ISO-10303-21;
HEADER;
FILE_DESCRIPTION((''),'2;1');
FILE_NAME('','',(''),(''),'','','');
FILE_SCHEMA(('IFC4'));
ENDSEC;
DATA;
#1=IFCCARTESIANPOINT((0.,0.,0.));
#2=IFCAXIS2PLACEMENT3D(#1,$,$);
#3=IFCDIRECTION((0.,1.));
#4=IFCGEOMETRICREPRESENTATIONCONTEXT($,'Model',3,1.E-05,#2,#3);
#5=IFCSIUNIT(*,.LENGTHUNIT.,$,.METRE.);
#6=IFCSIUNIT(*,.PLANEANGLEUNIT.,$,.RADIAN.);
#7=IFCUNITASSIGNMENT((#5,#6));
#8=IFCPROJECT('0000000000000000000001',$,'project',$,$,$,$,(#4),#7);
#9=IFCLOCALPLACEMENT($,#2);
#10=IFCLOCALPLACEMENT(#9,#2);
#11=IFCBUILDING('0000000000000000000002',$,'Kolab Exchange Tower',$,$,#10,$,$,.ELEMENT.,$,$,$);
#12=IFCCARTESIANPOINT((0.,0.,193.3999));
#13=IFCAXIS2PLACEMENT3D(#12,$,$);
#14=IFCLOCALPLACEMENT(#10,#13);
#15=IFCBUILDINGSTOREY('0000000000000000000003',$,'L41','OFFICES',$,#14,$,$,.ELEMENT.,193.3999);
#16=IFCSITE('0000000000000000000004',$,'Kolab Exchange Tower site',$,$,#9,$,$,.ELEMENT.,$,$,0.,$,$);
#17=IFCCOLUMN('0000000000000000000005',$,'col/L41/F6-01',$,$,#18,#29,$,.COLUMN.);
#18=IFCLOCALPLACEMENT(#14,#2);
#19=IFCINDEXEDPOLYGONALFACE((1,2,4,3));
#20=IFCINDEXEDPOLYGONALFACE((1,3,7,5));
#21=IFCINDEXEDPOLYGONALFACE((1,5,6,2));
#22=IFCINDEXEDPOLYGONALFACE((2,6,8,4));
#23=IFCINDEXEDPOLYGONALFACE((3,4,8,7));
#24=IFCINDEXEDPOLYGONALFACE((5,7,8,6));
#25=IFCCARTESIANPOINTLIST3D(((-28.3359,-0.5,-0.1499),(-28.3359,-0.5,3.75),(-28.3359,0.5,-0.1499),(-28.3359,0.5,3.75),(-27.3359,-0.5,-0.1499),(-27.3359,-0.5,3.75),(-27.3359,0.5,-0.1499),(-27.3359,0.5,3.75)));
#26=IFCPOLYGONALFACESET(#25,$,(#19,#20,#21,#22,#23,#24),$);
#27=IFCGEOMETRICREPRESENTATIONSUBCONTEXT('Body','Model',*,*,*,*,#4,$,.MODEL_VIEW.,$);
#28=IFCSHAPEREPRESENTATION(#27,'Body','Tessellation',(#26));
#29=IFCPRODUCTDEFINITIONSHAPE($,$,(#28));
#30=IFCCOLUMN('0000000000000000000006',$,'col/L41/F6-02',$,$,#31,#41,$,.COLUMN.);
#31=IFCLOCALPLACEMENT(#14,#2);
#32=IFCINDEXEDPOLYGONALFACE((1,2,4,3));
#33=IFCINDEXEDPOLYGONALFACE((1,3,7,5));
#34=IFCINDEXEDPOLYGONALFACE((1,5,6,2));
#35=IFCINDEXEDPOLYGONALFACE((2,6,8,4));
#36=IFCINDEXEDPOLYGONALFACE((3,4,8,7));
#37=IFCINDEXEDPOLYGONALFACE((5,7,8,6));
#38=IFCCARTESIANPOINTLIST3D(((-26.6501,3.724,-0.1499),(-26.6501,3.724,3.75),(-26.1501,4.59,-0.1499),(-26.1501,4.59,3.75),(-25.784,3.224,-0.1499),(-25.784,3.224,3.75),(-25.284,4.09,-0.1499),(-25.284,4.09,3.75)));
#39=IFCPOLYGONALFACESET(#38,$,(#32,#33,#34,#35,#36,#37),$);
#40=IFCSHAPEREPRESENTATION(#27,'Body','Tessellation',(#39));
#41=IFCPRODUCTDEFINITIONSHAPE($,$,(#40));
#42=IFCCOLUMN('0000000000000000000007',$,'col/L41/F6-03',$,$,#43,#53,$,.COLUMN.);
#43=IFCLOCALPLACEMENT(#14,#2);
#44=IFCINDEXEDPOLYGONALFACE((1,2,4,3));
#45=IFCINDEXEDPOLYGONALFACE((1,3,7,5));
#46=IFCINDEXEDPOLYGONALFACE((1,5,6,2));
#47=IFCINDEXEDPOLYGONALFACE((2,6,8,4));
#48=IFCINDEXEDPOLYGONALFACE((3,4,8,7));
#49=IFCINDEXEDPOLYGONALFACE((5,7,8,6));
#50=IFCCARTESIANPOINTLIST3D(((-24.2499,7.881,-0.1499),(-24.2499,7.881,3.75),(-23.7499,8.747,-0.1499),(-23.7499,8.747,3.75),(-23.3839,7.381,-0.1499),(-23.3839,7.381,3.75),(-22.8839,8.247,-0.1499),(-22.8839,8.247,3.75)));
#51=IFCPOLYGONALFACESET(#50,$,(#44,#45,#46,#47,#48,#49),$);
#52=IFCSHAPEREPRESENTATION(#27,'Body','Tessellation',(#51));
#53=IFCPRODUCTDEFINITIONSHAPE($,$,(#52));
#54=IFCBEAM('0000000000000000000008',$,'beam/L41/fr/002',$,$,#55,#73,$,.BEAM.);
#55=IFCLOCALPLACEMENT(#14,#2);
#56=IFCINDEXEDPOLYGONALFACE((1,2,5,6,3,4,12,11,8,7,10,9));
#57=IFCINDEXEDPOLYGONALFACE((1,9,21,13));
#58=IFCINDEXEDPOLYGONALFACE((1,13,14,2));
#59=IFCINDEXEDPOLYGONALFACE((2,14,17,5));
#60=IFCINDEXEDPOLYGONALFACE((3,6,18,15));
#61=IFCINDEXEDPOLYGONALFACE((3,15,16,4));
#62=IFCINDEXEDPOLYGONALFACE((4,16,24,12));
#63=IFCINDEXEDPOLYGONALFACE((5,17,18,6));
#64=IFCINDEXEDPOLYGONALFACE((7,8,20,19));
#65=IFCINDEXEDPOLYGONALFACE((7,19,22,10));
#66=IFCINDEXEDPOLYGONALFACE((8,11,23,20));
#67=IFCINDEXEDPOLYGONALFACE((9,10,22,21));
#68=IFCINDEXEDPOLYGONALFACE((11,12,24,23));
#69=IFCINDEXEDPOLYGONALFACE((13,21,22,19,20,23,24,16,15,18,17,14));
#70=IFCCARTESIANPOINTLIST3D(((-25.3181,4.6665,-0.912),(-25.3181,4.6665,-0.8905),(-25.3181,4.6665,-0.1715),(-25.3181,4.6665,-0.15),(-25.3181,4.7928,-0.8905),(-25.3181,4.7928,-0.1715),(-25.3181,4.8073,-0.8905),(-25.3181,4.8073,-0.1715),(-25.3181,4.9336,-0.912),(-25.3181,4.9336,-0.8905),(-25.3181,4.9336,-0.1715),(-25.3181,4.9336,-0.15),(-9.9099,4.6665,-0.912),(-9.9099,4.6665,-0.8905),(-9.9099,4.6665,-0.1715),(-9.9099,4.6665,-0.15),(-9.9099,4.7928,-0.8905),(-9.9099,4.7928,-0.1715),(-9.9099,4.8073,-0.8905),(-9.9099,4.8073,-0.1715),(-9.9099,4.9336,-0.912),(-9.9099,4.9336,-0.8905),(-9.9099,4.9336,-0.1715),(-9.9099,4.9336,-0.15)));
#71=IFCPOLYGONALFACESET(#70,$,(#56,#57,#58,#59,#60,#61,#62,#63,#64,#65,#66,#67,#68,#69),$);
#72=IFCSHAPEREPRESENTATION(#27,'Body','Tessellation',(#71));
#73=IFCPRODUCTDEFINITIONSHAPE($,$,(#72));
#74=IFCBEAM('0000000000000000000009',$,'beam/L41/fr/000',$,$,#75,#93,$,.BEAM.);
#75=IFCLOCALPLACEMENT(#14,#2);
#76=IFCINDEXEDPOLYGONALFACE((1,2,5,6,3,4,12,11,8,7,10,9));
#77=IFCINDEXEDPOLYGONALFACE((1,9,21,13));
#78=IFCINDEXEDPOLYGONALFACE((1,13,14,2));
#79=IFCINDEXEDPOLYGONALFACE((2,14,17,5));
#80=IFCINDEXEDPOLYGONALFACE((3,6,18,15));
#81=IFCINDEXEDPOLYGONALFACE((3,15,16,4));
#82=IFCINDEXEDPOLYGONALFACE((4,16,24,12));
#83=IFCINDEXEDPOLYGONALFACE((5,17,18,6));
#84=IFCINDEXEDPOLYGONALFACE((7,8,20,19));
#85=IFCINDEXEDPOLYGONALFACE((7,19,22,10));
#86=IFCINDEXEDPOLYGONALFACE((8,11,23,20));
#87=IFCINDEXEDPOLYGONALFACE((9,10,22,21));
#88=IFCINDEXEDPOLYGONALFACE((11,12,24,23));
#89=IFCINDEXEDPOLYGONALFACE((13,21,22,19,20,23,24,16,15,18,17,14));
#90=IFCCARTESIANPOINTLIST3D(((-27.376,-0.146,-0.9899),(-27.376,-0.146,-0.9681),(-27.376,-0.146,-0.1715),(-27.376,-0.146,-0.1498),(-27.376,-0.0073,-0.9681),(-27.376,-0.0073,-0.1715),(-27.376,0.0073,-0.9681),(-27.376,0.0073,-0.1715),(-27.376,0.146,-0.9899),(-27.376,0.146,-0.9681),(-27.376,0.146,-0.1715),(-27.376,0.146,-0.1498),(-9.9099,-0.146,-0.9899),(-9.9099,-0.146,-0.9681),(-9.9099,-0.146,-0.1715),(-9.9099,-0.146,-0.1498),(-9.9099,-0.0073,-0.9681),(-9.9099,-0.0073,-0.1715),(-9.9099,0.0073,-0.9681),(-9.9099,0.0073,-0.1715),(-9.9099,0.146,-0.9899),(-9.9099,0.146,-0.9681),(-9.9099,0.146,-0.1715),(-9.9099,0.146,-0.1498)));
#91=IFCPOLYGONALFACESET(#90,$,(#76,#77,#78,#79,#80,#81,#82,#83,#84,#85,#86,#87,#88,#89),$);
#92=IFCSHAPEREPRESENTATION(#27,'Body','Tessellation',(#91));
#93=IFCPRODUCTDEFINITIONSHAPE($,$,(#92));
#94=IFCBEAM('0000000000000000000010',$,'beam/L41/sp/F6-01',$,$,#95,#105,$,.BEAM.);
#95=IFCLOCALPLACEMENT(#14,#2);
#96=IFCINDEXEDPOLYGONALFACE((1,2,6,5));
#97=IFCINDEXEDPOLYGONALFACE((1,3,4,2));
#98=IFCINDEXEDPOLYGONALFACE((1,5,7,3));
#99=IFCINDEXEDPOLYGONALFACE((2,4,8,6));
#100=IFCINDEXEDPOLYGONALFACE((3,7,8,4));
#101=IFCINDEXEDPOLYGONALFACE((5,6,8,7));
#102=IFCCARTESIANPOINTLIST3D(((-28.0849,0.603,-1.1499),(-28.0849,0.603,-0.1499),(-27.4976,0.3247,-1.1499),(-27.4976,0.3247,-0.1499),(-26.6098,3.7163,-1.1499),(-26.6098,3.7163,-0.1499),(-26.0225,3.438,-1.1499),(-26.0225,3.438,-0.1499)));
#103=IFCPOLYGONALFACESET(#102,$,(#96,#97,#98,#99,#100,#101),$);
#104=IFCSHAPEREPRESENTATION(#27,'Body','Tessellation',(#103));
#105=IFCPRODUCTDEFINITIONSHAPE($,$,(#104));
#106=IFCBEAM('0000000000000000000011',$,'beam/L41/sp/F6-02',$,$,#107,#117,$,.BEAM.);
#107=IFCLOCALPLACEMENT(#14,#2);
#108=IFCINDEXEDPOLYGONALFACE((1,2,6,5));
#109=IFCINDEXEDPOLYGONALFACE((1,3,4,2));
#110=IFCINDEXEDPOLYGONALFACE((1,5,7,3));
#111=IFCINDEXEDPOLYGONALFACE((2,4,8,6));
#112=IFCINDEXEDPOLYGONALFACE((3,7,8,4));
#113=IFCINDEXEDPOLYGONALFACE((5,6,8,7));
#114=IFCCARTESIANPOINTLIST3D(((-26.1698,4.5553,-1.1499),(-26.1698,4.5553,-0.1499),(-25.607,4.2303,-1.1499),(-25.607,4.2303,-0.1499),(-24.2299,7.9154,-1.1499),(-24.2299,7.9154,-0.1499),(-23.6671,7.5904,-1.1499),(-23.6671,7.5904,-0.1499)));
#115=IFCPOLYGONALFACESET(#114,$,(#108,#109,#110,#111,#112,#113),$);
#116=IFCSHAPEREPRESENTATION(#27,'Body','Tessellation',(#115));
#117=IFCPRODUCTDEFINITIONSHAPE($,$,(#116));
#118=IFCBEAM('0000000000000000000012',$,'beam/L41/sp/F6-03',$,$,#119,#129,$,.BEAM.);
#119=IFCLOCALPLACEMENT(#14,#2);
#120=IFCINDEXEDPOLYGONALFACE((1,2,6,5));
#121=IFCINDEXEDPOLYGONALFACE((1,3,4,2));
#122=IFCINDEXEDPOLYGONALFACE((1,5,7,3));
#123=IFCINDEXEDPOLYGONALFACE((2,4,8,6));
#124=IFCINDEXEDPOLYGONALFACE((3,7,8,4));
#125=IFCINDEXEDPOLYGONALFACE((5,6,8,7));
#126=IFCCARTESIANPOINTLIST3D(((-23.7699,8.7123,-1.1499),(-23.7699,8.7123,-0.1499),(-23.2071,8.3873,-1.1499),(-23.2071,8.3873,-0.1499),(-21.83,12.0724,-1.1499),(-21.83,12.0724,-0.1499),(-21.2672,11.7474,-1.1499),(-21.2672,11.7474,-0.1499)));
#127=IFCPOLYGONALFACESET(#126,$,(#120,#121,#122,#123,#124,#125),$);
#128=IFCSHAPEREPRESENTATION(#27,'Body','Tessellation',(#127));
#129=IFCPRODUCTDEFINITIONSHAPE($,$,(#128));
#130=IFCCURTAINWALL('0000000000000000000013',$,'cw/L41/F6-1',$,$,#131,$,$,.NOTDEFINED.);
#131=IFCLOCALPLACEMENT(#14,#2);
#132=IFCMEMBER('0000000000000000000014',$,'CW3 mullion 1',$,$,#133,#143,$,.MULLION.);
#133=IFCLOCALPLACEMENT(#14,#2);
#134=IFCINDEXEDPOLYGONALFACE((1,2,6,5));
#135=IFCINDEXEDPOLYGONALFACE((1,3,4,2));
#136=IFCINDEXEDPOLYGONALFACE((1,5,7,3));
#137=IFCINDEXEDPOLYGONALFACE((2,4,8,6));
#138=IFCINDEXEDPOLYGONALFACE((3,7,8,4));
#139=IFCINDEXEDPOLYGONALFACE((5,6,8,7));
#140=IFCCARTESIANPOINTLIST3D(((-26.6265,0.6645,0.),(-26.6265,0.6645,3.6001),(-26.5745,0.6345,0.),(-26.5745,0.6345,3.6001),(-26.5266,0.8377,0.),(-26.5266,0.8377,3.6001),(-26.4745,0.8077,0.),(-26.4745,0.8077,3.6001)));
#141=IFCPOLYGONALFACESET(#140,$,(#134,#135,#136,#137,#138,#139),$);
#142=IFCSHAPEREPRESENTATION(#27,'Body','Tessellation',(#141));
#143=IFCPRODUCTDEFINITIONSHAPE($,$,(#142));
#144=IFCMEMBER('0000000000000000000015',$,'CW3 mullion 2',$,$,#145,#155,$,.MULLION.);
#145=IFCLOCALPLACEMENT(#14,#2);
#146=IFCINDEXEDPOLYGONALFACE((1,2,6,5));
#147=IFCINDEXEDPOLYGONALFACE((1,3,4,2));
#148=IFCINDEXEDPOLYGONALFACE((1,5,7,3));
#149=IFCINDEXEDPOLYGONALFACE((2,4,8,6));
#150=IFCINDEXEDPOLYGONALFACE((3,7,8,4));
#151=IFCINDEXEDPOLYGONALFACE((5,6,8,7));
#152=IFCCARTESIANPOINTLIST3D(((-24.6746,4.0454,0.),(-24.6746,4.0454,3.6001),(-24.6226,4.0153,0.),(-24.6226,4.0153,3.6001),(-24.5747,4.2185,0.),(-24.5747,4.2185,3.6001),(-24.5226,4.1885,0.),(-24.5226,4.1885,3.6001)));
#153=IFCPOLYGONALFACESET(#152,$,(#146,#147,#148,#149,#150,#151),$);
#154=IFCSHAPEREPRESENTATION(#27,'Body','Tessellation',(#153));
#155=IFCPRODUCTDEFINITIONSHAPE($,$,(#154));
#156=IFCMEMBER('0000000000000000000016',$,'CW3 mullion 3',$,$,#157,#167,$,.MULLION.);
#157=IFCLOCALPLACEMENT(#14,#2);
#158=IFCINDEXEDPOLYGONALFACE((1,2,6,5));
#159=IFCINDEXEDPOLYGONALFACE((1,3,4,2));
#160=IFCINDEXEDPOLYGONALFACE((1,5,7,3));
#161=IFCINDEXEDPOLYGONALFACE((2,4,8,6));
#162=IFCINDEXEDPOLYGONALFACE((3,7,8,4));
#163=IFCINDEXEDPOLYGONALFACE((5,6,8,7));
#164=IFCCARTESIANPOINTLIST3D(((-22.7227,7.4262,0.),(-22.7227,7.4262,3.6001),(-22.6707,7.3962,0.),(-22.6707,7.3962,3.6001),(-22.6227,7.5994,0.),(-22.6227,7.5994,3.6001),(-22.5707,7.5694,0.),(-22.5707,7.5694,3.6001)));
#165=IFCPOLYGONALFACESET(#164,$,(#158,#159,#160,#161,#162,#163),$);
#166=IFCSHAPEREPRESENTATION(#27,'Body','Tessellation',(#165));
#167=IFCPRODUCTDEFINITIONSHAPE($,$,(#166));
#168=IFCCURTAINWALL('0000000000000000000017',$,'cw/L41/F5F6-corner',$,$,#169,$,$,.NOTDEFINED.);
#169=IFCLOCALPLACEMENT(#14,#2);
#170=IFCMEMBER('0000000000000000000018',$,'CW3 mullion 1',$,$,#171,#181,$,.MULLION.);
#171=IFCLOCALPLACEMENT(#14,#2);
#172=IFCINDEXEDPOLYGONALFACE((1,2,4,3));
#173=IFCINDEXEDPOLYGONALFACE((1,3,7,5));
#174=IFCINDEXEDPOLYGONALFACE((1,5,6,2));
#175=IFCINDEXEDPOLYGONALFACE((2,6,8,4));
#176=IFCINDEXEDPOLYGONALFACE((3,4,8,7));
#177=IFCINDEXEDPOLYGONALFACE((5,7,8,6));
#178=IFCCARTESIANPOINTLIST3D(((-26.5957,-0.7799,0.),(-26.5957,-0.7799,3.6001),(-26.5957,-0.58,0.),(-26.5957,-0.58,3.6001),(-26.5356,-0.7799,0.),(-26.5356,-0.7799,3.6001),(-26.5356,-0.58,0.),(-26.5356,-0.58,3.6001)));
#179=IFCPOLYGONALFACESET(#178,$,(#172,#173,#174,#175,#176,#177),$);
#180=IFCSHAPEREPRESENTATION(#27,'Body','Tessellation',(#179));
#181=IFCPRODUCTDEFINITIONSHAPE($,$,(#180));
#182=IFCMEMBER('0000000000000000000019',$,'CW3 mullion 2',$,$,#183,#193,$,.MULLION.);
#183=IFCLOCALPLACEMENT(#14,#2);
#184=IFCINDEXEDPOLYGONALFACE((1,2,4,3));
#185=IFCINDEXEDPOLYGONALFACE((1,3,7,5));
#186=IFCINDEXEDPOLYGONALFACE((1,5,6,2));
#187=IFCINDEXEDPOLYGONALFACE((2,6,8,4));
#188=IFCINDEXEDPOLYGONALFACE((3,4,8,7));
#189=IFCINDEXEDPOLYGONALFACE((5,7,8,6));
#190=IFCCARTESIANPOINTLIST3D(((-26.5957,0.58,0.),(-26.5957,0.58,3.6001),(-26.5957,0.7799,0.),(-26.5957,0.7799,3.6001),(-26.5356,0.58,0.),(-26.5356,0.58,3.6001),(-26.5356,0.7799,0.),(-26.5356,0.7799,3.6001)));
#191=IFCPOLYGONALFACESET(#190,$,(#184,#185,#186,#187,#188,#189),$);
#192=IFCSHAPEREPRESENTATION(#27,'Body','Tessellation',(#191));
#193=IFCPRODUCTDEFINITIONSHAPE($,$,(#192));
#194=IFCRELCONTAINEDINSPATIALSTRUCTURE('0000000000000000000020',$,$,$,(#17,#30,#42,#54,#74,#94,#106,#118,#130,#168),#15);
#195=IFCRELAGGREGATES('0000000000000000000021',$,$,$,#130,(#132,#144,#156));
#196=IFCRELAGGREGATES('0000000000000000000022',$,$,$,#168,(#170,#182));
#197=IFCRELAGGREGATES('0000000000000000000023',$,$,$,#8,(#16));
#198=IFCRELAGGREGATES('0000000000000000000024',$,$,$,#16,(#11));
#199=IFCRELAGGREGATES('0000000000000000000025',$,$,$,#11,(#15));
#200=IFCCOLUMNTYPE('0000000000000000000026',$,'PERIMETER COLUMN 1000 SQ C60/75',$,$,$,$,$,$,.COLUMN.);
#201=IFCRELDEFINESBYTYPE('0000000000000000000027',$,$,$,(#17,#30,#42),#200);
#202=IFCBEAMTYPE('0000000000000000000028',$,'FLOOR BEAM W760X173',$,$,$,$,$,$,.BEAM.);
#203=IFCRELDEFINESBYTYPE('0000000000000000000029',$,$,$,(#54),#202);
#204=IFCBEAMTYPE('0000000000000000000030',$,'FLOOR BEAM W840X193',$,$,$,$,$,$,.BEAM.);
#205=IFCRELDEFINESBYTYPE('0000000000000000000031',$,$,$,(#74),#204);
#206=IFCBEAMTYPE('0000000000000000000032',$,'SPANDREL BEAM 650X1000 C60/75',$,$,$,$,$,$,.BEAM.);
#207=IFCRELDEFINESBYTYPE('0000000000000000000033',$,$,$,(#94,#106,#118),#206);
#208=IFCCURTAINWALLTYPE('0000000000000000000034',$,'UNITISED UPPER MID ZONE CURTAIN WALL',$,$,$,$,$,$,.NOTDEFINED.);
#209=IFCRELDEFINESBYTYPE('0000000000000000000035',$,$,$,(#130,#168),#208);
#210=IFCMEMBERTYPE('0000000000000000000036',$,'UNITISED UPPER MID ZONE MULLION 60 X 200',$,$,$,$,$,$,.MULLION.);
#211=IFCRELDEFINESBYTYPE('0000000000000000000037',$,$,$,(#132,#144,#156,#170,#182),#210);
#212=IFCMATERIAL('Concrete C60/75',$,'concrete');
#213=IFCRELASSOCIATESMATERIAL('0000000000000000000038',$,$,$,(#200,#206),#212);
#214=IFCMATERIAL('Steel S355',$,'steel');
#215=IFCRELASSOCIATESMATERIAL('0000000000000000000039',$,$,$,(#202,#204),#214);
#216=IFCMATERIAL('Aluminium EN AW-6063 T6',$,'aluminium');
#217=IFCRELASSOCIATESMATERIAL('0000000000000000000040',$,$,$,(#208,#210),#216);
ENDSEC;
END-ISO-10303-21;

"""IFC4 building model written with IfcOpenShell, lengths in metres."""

from ifc_helpers import new_model, si_unit, direction, frame, origin, origin_2d, place, context, subcontext, project, spatial, rectangle, i_section, extrude, material, material_profile, profile_set, type_object, element, aggregate, save


model = new_model("IFC4")

# Units and contexts
model_context = context("Model", 3, precision=1e-05, world=origin(), true_north=direction((0.0, 1.0)))
body_context = subcontext(model_context, "Body", "Model", "MODEL_VIEW")
ifc_project = project(units=[si_unit("LENGTHUNIT", "METRE"), si_unit("PLANEANGLEUNIT", "RADIAN")], contexts=[model_context])

# Site, building, storey
site_placement = place(None, origin())
site = spatial("IfcSite", under=ifc_project, at=site_placement, Name="Kolab Exchange Tower site", CompositionType="ELEMENT", RefElevation=0.0)
building_placement = place(site_placement, origin())
building = spatial("IfcBuilding", under=site, at=building_placement, Name="Kolab Exchange Tower", CompositionType="ELEMENT")
storey_placement = place(building_placement, frame((0.0, 0.0, 193.3999)))
storey = spatial("IfcBuildingStorey", under=building, at=storey_placement, Name="L41", Description="OFFICES", CompositionType="ELEMENT", Elevation=193.3999)

# Columns
ifc_material_1 = material(Name="Concrete C60/75", Category="concrete")
ifc_material_profile_1 = material_profile(ifc_material_1, rectangle(XDim=1.0, YDim=1.0, at=origin_2d()), Name="RC1000")
ifc_profile_set_1 = profile_set([ifc_material_profile_1], Name="Concrete C60/75")
column_type = type_object("IfcColumnType", Name="PERIMETER COLUMN 1000 SQ C60/75", PredefinedType="COLUMN", material=ifc_profile_set_1)
for number, where, z_axis, x_axis, name in (
    (1, (-27.8359, 0.0, -0.1499), (0.0, 0.0, 1.0), (1.0, 0.0, 0.0), "col/L41/F6-01"),
    (2, (-25.967, 3.907, -0.1499), (0.0, 0.0, 1.0), (0.5, 0.866025, 0.0), "col/L41/F6-02"),
    (3, (-23.5669, 8.064, -0.1499), (0.0, 0.0, 1.0), (0.5, 0.866025, 0.0), "col/L41/F6-03"),
):
    element("IfcColumn", number, at=place(storey_placement, frame(where, z_axis=z_axis, x_axis=x_axis)), inside=storey, type_object=column_type, Name=name, PredefinedType="COLUMN", context=body_context, shape_type="SweptSolid", body=[
        extrude(rectangle(XDim=1.0, YDim=1.0, at=origin_2d()), origin(), (0.0, 0.0, 1.0), 3.8999),
    ])

# Beams
ifc_material_2 = material(Name="Steel S355", Category="steel")
ifc_material_profile_2 = material_profile(ifc_material_2, i_section(OverallWidth=0.2671, OverallDepth=0.762, WebThickness=0.0144, FlangeThickness=0.0215, at=origin_2d()), Name="W760X173")
ifc_profile_set_2 = profile_set([ifc_material_profile_2], Name="Steel S355")
beam_type_1 = type_object("IfcBeamType", Name="FLOOR BEAM W760X173", PredefinedType="BEAM", material=ifc_profile_set_2)
beam_1_placement = place(storey_placement, frame((-25.3181, 4.8, -0.531), z_axis=(1.0, 0.0, 0.0), x_axis=(0.0, 1.0, 0.0)))
element("IfcBeam", 4, at=beam_1_placement, inside=storey, type_object=beam_type_1, Name="beam/L41/fr/002", PredefinedType="BEAM", context=body_context, shape_type="SweptSolid", body=[
    extrude(i_section(OverallWidth=0.2671, OverallDepth=0.762, WebThickness=0.0144, FlangeThickness=0.0215, at=origin_2d()), origin(), (0.0, 0.0, 1.0), 15.4082),
])
ifc_material_profile_3 = material_profile(ifc_material_2, i_section(OverallWidth=0.292, OverallDepth=0.8401, WebThickness=0.0146, FlangeThickness=0.0217, at=origin_2d()), Name="W840X193")
ifc_profile_set_3 = profile_set([ifc_material_profile_3], Name="Steel S355")
beam_type_2 = type_object("IfcBeamType", Name="FLOOR BEAM W840X193", PredefinedType="BEAM", material=ifc_profile_set_3)
beam_2_placement = place(storey_placement, frame((-27.376, 0.0, -0.5698), z_axis=(1.0, 0.0, 0.0), x_axis=(0.0, 1.0, 0.0)))
element("IfcBeam", 5, at=beam_2_placement, inside=storey, type_object=beam_type_2, Name="beam/L41/fr/000", PredefinedType="BEAM", context=body_context, shape_type="SweptSolid", body=[
    extrude(i_section(OverallWidth=0.292, OverallDepth=0.8401, WebThickness=0.0146, FlangeThickness=0.0217, at=origin_2d()), origin(), (0.0, 0.0, 1.0), 17.4661),
])
ifc_material_profile_4 = material_profile(ifc_material_1, rectangle(XDim=0.6499, YDim=1.0, at=origin_2d()), Name="RC650X1000")
ifc_profile_set_4 = profile_set([ifc_material_profile_4], Name="Concrete C60/75")
beam_type_3 = type_object("IfcBeamType", Name="SPANDREL BEAM 650X1000 C60/75", PredefinedType="BEAM", material=ifc_profile_set_4)
beam_3_placement = place(storey_placement, frame((-27.7913, 0.4639, -0.6499), z_axis=(0.428178, 0.903695, 0.0), x_axis=(-0.903695, 0.428178, 0.0)))
element("IfcBeam", 6, at=beam_3_placement, inside=storey, type_object=beam_type_3, Name="beam/L41/sp/F6-01", PredefinedType="BEAM", context=body_context, shape_type="SweptSolid", body=[
    extrude(rectangle(XDim=0.6499, YDim=1.0, at=origin_2d()), origin(), (0.0, 0.0, 1.0), 3.4451),
])
for number, where, z_axis, x_axis, name in (
    (7, (-25.8884, 4.3928, -0.6499), (0.499997, 0.866027, 0.0), (-0.866027, 0.499997, 0.0), "beam/L41/sp/F6-02"),
    (8, (-23.4885, 8.5498, -0.6499), (0.499997, 0.866027, 0.0), (-0.866027, 0.499997, 0.0), "beam/L41/sp/F6-03"),
):
    element("IfcBeam", number, at=place(storey_placement, frame(where, z_axis=z_axis, x_axis=x_axis)), inside=storey, type_object=beam_type_3, Name=name, PredefinedType="BEAM", context=body_context, shape_type="SweptSolid", body=[
        extrude(rectangle(XDim=0.6499, YDim=1.0, at=origin_2d()), origin(), (0.0, 0.0, 1.0), 3.8799),
    ])

# Curtain walls, members
ifc_material_3 = material(Name="Aluminium EN AW-6063 T6", Category="aluminium")
curtain_wall_type = type_object("IfcCurtainWallType", Name="UNITISED UPPER MID ZONE CURTAIN WALL", PredefinedType="NOTDEFINED", material=ifc_material_3)
curtain_wall_1_placement = place(storey_placement, origin())
curtain_wall_1 = element("IfcCurtainWall", 9, at=curtain_wall_1_placement, inside=storey, type_object=curtain_wall_type, Name="cw/L41/F6-1", PredefinedType="NOTDEFINED")
ifc_material_profile_5 = material_profile(ifc_material_3, rectangle(XDim=0.0601, YDim=0.2, at=origin_2d()), Name="RECT 60X200")
ifc_profile_set_5 = profile_set([ifc_material_profile_5], Name="Aluminium EN AW-6063 T6")
member_type_1 = type_object("IfcMemberType", Name="UNITISED UPPER MID ZONE MULLION 60 X 200", PredefinedType="MULLION", material=ifc_profile_set_5)
member_1_placement = place(storey_placement, frame((-26.5505, 0.7361, 0.0), z_axis=(0.0, 0.0, 1.0), x_axis=(-0.866025, 0.5, 0.0)))
member_1 = element("IfcMember", 10, at=member_1_placement, type_object=member_type_1, Name="CW3 mullion 1", PredefinedType="MULLION", context=body_context, shape_type="SweptSolid", body=[
    extrude(rectangle(XDim=0.0601, YDim=0.2, at=origin_2d()), origin(), (0.0, 0.0, 1.0), 3.6001),
])
member_2_placement = place(storey_placement, frame((-24.5986, 4.1169, 0.0), z_axis=(0.0, 0.0, 1.0), x_axis=(-0.866025, 0.5, 0.0)))
member_2 = element("IfcMember", 11, at=member_2_placement, type_object=member_type_1, Name="CW3 mullion 2", PredefinedType="MULLION", context=body_context, shape_type="SweptSolid", body=[
    extrude(rectangle(XDim=0.0601, YDim=0.2, at=origin_2d()), origin(), (0.0, 0.0, 1.0), 3.6001),
])
member_3_placement = place(storey_placement, frame((-22.6467, 7.4978, 0.0), z_axis=(0.0, 0.0, 1.0), x_axis=(-0.866025, 0.5, 0.0)))
member_3 = element("IfcMember", 12, at=member_3_placement, type_object=member_type_1, Name="CW3 mullion 3", PredefinedType="MULLION", context=body_context, shape_type="SweptSolid", body=[
    extrude(rectangle(XDim=0.0601, YDim=0.2, at=origin_2d()), origin(), (0.0, 0.0, 1.0), 3.6001),
])
curtain_wall_2_placement = place(storey_placement, origin())
curtain_wall_2 = element("IfcCurtainWall", 13, at=curtain_wall_2_placement, inside=storey, type_object=curtain_wall_type, Name="cw/L41/F5F6-corner", PredefinedType="NOTDEFINED")
member_4_placement = place(storey_placement, frame((-26.5657, -0.6799, 0.0), z_axis=(0.0, 0.0, 1.0), x_axis=(-1.0, 0.0, 0.0)))
member_4 = element("IfcMember", 14, at=member_4_placement, type_object=member_type_1, Name="CW3 mullion 1", PredefinedType="MULLION", context=body_context, shape_type="SweptSolid", body=[
    extrude(rectangle(XDim=0.0601, YDim=0.2, at=origin_2d()), origin(), (0.0, 0.0, 1.0), 3.6001),
])
member_5_placement = place(storey_placement, frame((-26.5657, 0.6799, 0.0), z_axis=(0.0, 0.0, 1.0), x_axis=(-1.0, 0.0, 0.0)))
member_5 = element("IfcMember", 15, at=member_5_placement, type_object=member_type_1, Name="CW3 mullion 2", PredefinedType="MULLION", context=body_context, shape_type="SweptSolid", body=[
    extrude(rectangle(XDim=0.0601, YDim=0.2, at=origin_2d()), origin(), (0.0, 0.0, 1.0), 3.6001),
])

aggregate(curtain_wall_1, [member_1, member_2, member_3])
aggregate(curtain_wall_2, [member_4, member_5])

save(model, "model.ifc")
